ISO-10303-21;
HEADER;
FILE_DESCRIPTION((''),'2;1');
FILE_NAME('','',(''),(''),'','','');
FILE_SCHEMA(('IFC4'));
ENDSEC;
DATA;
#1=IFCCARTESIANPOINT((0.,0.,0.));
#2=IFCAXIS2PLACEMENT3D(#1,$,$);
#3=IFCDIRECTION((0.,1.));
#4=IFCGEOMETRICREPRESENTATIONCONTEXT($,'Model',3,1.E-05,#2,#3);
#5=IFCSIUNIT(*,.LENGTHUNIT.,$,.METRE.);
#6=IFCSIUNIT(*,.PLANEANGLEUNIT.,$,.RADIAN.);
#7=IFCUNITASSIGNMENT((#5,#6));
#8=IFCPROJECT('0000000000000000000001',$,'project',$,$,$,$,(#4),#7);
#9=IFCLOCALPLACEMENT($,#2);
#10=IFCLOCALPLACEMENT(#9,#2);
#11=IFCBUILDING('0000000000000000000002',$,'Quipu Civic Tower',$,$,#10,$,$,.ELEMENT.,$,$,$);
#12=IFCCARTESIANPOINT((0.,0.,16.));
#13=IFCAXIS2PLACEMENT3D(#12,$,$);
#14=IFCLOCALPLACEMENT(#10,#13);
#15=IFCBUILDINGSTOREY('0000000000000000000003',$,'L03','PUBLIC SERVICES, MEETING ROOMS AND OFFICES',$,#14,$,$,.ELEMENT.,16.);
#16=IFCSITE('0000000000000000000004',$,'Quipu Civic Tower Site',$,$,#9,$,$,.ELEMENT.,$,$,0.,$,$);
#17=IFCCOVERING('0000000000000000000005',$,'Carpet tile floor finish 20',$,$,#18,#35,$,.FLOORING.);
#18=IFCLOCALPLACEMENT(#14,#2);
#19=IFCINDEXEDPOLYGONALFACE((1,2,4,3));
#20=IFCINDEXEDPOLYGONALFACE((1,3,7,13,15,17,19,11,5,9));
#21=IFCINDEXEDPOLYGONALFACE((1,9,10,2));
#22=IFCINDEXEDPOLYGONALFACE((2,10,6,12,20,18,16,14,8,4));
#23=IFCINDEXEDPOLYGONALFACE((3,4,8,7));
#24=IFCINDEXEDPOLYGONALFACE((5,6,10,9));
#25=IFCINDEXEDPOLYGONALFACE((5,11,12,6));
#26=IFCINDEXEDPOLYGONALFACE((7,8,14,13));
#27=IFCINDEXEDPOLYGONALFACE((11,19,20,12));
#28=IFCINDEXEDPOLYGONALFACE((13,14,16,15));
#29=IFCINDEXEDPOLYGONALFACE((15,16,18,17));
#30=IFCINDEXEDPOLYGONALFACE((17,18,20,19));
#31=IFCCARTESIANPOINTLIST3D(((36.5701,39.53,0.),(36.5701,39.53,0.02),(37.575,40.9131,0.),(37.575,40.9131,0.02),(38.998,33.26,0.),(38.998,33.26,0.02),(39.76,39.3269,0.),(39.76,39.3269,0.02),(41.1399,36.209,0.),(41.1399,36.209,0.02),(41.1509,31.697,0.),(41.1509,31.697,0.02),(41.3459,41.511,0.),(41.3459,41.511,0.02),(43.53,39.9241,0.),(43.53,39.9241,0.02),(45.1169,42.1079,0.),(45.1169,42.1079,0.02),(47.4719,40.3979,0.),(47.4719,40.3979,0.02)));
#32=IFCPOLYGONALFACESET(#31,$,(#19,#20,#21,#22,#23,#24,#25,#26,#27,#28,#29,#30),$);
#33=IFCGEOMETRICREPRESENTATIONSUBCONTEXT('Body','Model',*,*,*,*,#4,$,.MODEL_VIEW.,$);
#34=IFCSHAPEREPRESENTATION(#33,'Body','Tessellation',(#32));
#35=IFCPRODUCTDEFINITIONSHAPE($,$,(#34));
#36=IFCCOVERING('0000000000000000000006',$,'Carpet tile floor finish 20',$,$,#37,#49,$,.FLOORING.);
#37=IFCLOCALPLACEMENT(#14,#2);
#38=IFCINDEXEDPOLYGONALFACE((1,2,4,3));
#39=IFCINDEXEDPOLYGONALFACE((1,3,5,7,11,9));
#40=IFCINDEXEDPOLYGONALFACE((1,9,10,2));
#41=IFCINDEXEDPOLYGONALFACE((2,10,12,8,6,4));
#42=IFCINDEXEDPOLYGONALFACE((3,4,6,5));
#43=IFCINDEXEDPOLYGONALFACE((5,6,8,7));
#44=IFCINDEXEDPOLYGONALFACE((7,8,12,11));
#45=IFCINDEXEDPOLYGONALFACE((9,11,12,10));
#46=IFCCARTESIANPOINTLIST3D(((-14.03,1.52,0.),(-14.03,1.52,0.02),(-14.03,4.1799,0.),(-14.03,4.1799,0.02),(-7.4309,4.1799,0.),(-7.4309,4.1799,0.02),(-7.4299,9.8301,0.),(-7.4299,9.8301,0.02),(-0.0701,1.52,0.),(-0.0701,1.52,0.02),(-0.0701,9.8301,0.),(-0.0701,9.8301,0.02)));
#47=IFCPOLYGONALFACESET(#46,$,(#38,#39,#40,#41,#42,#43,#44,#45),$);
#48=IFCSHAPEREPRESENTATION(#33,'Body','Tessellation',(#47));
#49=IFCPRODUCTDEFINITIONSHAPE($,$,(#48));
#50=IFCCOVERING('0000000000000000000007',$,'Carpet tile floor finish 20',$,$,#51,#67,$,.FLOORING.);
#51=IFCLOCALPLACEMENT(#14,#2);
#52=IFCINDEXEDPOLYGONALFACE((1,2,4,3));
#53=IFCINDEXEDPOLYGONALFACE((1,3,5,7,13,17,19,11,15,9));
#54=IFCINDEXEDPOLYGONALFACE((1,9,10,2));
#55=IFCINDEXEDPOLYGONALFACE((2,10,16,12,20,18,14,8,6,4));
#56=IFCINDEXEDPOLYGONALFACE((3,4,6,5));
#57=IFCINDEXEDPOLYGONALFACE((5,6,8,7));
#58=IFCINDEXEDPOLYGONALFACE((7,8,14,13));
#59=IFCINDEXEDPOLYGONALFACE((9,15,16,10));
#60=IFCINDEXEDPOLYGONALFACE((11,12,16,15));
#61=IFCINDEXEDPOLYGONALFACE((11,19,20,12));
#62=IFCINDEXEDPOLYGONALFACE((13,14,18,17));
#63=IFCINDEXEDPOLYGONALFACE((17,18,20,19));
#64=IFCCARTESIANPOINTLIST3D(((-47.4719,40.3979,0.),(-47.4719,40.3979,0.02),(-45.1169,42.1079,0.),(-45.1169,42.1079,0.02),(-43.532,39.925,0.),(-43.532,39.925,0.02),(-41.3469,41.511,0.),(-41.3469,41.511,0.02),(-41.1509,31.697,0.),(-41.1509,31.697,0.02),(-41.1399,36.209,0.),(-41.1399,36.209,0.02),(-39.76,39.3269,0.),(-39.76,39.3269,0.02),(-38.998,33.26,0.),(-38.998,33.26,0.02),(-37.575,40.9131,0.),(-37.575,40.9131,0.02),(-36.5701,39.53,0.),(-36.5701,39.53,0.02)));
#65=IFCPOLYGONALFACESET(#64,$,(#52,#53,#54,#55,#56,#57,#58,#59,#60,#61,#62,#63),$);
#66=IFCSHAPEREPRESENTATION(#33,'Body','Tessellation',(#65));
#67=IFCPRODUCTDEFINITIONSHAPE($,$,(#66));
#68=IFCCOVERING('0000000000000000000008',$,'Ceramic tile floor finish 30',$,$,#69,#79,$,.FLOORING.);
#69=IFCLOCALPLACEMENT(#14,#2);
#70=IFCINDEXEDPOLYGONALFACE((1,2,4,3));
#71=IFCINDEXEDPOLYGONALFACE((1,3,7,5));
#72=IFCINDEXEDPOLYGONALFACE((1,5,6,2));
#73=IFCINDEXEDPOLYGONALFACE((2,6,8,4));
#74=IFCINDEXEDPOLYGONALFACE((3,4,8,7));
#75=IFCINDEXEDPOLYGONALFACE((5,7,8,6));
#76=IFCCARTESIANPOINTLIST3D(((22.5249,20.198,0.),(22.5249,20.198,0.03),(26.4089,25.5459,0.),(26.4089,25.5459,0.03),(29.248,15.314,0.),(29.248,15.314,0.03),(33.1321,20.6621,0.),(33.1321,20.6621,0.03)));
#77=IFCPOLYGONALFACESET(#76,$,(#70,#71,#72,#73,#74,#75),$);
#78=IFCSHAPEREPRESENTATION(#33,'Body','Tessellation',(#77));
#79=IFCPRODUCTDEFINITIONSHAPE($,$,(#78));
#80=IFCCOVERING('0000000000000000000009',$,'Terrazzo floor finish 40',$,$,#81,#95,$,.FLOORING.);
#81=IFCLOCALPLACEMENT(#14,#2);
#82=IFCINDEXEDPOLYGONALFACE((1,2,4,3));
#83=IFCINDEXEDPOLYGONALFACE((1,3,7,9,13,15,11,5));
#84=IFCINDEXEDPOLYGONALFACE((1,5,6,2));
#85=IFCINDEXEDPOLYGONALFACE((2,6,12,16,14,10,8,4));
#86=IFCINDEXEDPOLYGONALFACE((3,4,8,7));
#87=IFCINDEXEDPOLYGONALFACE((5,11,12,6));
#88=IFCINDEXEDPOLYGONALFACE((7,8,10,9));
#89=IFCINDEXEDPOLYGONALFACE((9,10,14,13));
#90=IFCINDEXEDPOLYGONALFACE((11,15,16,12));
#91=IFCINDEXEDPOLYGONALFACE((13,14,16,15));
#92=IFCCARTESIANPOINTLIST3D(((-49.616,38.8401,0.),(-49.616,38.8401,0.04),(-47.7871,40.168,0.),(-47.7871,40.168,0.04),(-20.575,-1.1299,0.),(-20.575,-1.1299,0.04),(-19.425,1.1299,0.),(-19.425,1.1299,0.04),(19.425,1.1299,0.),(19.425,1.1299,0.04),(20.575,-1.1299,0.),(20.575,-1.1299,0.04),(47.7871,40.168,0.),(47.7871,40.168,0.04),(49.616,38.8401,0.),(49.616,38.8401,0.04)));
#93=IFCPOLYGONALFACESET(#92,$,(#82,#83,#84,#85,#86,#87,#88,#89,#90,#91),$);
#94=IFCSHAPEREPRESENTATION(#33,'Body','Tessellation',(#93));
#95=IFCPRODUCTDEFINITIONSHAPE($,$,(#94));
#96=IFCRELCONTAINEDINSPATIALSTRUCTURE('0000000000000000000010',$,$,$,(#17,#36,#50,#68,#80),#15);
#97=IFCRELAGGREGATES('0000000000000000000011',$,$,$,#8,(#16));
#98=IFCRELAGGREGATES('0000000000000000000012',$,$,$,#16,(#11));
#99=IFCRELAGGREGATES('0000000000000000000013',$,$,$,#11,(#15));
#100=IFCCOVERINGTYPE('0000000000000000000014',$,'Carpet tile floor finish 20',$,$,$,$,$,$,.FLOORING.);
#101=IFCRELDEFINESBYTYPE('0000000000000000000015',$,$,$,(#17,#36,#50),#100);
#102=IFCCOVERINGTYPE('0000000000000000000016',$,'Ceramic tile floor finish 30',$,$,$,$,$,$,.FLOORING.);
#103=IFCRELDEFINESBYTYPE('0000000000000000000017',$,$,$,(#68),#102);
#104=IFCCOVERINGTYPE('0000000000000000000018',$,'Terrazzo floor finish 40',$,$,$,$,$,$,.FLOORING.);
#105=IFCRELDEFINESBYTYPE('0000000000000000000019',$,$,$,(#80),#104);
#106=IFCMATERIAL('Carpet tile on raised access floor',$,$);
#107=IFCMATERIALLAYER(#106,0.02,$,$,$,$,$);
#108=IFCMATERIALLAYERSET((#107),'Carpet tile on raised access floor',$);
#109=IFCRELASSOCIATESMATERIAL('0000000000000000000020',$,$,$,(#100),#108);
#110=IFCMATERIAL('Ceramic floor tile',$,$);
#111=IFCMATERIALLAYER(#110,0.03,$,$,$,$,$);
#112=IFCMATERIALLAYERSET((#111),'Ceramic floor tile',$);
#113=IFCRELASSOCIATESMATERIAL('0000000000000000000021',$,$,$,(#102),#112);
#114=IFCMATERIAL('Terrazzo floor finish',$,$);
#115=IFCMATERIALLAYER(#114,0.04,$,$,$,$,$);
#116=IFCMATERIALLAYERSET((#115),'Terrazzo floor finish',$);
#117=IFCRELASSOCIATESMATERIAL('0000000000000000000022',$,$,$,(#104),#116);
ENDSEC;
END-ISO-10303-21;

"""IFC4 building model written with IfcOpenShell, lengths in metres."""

from ifc_helpers import new_model, si_unit, direction, frame, origin, place, context, subcontext, project, spatial, polyline, outline, extrude, material, layer, layer_set, type_object, element, save


model = new_model("IFC4")

# Units and contexts
model_context = context("Model", 3, precision=1e-05, world=origin(), true_north=direction((0.0, 1.0)))
body_context = subcontext(model_context, "Body", "Model", "MODEL_VIEW")
ifc_project = project(units=[si_unit("LENGTHUNIT", "METRE"), si_unit("PLANEANGLEUNIT", "RADIAN")], contexts=[model_context])

# Site, building, storey
site_placement = place(None, origin())
site = spatial("IfcSite", under=ifc_project, at=site_placement, Name="Quipu Civic Tower Site", CompositionType="ELEMENT", RefElevation=0.0)
building_placement = place(site_placement, origin())
building = spatial("IfcBuilding", under=site, at=building_placement, Name="Quipu Civic Tower", CompositionType="ELEMENT")
storey_placement = place(building_placement, frame((0.0, 0.0, 16.0)))
storey = spatial("IfcBuildingStorey", under=building, at=storey_placement, Name="L03", Description="PUBLIC SERVICES, MEETING ROOMS AND OFFICES", CompositionType="ELEMENT", Elevation=16.0)

# Coverings
ifc_material_1 = material(Name="Carpet tile on raised access floor")
ifc_layer_1 = layer(ifc_material_1, 0.02)
ifc_layer_set_1 = layer_set([ifc_layer_1], Name="Carpet tile on raised access floor")
covering_type_1 = type_object("IfcCoveringType", Name="Carpet tile floor finish 20", PredefinedType="FLOORING", material=ifc_layer_set_1)
covering_1_placement = place(storey_placement, origin())
element("IfcCovering", 1, at=covering_1_placement, inside=storey, type_object=covering_type_1, Name="Carpet tile floor finish 20", PredefinedType="FLOORING", context=body_context, shape_type="SweptSolid", body=[
    extrude(outline(polyline([(36.5701, 39.53), (37.575, 40.9131), (39.76, 39.3269), (41.3459, 41.511), (43.53, 39.9241), (45.1169, 42.1079), (47.4719, 40.3979), (41.1509, 31.697), (38.998, 33.26), (41.1399, 36.209), (36.5701, 39.53)])), origin(), (0.0, 0.0, 1.0), 0.02),
])
covering_2_placement = place(storey_placement, origin())
element("IfcCovering", 2, at=covering_2_placement, inside=storey, type_object=covering_type_1, Name="Carpet tile floor finish 20", PredefinedType="FLOORING", context=body_context, shape_type="SweptSolid", body=[
    extrude(outline(polyline([(-14.03, 4.1799), (-7.4309, 4.1799), (-7.4299, 9.8301), (-0.0701, 9.8301), (-0.0701, 1.52), (-14.03, 1.52), (-14.03, 4.1799)])), origin(), (0.0, 0.0, 1.0), 0.02),
])
covering_3_placement = place(storey_placement, origin())
element("IfcCovering", 3, at=covering_3_placement, inside=storey, type_object=covering_type_1, Name="Carpet tile floor finish 20", PredefinedType="FLOORING", context=body_context, shape_type="SweptSolid", body=[
    extrude(outline(polyline([(-47.4719, 40.3979), (-45.1169, 42.1079), (-43.532, 39.925), (-41.3469, 41.511), (-39.76, 39.3269), (-37.575, 40.9131), (-36.5701, 39.53), (-41.1399, 36.209), (-38.998, 33.26), (-41.1509, 31.697), (-47.4719, 40.3979)])), origin(), (0.0, 0.0, 1.0), 0.02),
])
ifc_material_2 = material(Name="Ceramic floor tile")
ifc_layer_2 = layer(ifc_material_2, 0.03)
ifc_layer_set_2 = layer_set([ifc_layer_2], Name="Ceramic floor tile")
covering_type_2 = type_object("IfcCoveringType", Name="Ceramic tile floor finish 30", PredefinedType="FLOORING", material=ifc_layer_set_2)
covering_4_placement = place(storey_placement, origin())
element("IfcCovering", 4, at=covering_4_placement, inside=storey, type_object=covering_type_2, Name="Ceramic tile floor finish 30", PredefinedType="FLOORING", context=body_context, shape_type="SweptSolid", body=[
    extrude(outline(polyline([(22.5249, 20.198), (26.4089, 25.5459), (33.1321, 20.6621), (29.248, 15.314), (22.5249, 20.198)])), origin(), (0.0, 0.0, 1.0), 0.03),
])
ifc_material_3 = material(Name="Terrazzo floor finish")
ifc_layer_3 = layer(ifc_material_3, 0.04)
ifc_layer_set_3 = layer_set([ifc_layer_3], Name="Terrazzo floor finish")
covering_type_3 = type_object("IfcCoveringType", Name="Terrazzo floor finish 40", PredefinedType="FLOORING", material=ifc_layer_set_3)
covering_5_placement = place(storey_placement, origin())
element("IfcCovering", 5, at=covering_5_placement, inside=storey, type_object=covering_type_3, Name="Terrazzo floor finish 40", PredefinedType="FLOORING", context=body_context, shape_type="SweptSolid", body=[
    extrude(outline(polyline([(47.7871, 40.168), (49.616, 38.8401), (20.575, -1.1299), (-20.575, -1.1299), (-49.616, 38.8401), (-47.7871, 40.168), (-19.425, 1.1299), (19.425, 1.1299), (47.7871, 40.168)])), origin(), (0.0, 0.0, 1.0), 0.04),
])

save(model, "model.ifc")
